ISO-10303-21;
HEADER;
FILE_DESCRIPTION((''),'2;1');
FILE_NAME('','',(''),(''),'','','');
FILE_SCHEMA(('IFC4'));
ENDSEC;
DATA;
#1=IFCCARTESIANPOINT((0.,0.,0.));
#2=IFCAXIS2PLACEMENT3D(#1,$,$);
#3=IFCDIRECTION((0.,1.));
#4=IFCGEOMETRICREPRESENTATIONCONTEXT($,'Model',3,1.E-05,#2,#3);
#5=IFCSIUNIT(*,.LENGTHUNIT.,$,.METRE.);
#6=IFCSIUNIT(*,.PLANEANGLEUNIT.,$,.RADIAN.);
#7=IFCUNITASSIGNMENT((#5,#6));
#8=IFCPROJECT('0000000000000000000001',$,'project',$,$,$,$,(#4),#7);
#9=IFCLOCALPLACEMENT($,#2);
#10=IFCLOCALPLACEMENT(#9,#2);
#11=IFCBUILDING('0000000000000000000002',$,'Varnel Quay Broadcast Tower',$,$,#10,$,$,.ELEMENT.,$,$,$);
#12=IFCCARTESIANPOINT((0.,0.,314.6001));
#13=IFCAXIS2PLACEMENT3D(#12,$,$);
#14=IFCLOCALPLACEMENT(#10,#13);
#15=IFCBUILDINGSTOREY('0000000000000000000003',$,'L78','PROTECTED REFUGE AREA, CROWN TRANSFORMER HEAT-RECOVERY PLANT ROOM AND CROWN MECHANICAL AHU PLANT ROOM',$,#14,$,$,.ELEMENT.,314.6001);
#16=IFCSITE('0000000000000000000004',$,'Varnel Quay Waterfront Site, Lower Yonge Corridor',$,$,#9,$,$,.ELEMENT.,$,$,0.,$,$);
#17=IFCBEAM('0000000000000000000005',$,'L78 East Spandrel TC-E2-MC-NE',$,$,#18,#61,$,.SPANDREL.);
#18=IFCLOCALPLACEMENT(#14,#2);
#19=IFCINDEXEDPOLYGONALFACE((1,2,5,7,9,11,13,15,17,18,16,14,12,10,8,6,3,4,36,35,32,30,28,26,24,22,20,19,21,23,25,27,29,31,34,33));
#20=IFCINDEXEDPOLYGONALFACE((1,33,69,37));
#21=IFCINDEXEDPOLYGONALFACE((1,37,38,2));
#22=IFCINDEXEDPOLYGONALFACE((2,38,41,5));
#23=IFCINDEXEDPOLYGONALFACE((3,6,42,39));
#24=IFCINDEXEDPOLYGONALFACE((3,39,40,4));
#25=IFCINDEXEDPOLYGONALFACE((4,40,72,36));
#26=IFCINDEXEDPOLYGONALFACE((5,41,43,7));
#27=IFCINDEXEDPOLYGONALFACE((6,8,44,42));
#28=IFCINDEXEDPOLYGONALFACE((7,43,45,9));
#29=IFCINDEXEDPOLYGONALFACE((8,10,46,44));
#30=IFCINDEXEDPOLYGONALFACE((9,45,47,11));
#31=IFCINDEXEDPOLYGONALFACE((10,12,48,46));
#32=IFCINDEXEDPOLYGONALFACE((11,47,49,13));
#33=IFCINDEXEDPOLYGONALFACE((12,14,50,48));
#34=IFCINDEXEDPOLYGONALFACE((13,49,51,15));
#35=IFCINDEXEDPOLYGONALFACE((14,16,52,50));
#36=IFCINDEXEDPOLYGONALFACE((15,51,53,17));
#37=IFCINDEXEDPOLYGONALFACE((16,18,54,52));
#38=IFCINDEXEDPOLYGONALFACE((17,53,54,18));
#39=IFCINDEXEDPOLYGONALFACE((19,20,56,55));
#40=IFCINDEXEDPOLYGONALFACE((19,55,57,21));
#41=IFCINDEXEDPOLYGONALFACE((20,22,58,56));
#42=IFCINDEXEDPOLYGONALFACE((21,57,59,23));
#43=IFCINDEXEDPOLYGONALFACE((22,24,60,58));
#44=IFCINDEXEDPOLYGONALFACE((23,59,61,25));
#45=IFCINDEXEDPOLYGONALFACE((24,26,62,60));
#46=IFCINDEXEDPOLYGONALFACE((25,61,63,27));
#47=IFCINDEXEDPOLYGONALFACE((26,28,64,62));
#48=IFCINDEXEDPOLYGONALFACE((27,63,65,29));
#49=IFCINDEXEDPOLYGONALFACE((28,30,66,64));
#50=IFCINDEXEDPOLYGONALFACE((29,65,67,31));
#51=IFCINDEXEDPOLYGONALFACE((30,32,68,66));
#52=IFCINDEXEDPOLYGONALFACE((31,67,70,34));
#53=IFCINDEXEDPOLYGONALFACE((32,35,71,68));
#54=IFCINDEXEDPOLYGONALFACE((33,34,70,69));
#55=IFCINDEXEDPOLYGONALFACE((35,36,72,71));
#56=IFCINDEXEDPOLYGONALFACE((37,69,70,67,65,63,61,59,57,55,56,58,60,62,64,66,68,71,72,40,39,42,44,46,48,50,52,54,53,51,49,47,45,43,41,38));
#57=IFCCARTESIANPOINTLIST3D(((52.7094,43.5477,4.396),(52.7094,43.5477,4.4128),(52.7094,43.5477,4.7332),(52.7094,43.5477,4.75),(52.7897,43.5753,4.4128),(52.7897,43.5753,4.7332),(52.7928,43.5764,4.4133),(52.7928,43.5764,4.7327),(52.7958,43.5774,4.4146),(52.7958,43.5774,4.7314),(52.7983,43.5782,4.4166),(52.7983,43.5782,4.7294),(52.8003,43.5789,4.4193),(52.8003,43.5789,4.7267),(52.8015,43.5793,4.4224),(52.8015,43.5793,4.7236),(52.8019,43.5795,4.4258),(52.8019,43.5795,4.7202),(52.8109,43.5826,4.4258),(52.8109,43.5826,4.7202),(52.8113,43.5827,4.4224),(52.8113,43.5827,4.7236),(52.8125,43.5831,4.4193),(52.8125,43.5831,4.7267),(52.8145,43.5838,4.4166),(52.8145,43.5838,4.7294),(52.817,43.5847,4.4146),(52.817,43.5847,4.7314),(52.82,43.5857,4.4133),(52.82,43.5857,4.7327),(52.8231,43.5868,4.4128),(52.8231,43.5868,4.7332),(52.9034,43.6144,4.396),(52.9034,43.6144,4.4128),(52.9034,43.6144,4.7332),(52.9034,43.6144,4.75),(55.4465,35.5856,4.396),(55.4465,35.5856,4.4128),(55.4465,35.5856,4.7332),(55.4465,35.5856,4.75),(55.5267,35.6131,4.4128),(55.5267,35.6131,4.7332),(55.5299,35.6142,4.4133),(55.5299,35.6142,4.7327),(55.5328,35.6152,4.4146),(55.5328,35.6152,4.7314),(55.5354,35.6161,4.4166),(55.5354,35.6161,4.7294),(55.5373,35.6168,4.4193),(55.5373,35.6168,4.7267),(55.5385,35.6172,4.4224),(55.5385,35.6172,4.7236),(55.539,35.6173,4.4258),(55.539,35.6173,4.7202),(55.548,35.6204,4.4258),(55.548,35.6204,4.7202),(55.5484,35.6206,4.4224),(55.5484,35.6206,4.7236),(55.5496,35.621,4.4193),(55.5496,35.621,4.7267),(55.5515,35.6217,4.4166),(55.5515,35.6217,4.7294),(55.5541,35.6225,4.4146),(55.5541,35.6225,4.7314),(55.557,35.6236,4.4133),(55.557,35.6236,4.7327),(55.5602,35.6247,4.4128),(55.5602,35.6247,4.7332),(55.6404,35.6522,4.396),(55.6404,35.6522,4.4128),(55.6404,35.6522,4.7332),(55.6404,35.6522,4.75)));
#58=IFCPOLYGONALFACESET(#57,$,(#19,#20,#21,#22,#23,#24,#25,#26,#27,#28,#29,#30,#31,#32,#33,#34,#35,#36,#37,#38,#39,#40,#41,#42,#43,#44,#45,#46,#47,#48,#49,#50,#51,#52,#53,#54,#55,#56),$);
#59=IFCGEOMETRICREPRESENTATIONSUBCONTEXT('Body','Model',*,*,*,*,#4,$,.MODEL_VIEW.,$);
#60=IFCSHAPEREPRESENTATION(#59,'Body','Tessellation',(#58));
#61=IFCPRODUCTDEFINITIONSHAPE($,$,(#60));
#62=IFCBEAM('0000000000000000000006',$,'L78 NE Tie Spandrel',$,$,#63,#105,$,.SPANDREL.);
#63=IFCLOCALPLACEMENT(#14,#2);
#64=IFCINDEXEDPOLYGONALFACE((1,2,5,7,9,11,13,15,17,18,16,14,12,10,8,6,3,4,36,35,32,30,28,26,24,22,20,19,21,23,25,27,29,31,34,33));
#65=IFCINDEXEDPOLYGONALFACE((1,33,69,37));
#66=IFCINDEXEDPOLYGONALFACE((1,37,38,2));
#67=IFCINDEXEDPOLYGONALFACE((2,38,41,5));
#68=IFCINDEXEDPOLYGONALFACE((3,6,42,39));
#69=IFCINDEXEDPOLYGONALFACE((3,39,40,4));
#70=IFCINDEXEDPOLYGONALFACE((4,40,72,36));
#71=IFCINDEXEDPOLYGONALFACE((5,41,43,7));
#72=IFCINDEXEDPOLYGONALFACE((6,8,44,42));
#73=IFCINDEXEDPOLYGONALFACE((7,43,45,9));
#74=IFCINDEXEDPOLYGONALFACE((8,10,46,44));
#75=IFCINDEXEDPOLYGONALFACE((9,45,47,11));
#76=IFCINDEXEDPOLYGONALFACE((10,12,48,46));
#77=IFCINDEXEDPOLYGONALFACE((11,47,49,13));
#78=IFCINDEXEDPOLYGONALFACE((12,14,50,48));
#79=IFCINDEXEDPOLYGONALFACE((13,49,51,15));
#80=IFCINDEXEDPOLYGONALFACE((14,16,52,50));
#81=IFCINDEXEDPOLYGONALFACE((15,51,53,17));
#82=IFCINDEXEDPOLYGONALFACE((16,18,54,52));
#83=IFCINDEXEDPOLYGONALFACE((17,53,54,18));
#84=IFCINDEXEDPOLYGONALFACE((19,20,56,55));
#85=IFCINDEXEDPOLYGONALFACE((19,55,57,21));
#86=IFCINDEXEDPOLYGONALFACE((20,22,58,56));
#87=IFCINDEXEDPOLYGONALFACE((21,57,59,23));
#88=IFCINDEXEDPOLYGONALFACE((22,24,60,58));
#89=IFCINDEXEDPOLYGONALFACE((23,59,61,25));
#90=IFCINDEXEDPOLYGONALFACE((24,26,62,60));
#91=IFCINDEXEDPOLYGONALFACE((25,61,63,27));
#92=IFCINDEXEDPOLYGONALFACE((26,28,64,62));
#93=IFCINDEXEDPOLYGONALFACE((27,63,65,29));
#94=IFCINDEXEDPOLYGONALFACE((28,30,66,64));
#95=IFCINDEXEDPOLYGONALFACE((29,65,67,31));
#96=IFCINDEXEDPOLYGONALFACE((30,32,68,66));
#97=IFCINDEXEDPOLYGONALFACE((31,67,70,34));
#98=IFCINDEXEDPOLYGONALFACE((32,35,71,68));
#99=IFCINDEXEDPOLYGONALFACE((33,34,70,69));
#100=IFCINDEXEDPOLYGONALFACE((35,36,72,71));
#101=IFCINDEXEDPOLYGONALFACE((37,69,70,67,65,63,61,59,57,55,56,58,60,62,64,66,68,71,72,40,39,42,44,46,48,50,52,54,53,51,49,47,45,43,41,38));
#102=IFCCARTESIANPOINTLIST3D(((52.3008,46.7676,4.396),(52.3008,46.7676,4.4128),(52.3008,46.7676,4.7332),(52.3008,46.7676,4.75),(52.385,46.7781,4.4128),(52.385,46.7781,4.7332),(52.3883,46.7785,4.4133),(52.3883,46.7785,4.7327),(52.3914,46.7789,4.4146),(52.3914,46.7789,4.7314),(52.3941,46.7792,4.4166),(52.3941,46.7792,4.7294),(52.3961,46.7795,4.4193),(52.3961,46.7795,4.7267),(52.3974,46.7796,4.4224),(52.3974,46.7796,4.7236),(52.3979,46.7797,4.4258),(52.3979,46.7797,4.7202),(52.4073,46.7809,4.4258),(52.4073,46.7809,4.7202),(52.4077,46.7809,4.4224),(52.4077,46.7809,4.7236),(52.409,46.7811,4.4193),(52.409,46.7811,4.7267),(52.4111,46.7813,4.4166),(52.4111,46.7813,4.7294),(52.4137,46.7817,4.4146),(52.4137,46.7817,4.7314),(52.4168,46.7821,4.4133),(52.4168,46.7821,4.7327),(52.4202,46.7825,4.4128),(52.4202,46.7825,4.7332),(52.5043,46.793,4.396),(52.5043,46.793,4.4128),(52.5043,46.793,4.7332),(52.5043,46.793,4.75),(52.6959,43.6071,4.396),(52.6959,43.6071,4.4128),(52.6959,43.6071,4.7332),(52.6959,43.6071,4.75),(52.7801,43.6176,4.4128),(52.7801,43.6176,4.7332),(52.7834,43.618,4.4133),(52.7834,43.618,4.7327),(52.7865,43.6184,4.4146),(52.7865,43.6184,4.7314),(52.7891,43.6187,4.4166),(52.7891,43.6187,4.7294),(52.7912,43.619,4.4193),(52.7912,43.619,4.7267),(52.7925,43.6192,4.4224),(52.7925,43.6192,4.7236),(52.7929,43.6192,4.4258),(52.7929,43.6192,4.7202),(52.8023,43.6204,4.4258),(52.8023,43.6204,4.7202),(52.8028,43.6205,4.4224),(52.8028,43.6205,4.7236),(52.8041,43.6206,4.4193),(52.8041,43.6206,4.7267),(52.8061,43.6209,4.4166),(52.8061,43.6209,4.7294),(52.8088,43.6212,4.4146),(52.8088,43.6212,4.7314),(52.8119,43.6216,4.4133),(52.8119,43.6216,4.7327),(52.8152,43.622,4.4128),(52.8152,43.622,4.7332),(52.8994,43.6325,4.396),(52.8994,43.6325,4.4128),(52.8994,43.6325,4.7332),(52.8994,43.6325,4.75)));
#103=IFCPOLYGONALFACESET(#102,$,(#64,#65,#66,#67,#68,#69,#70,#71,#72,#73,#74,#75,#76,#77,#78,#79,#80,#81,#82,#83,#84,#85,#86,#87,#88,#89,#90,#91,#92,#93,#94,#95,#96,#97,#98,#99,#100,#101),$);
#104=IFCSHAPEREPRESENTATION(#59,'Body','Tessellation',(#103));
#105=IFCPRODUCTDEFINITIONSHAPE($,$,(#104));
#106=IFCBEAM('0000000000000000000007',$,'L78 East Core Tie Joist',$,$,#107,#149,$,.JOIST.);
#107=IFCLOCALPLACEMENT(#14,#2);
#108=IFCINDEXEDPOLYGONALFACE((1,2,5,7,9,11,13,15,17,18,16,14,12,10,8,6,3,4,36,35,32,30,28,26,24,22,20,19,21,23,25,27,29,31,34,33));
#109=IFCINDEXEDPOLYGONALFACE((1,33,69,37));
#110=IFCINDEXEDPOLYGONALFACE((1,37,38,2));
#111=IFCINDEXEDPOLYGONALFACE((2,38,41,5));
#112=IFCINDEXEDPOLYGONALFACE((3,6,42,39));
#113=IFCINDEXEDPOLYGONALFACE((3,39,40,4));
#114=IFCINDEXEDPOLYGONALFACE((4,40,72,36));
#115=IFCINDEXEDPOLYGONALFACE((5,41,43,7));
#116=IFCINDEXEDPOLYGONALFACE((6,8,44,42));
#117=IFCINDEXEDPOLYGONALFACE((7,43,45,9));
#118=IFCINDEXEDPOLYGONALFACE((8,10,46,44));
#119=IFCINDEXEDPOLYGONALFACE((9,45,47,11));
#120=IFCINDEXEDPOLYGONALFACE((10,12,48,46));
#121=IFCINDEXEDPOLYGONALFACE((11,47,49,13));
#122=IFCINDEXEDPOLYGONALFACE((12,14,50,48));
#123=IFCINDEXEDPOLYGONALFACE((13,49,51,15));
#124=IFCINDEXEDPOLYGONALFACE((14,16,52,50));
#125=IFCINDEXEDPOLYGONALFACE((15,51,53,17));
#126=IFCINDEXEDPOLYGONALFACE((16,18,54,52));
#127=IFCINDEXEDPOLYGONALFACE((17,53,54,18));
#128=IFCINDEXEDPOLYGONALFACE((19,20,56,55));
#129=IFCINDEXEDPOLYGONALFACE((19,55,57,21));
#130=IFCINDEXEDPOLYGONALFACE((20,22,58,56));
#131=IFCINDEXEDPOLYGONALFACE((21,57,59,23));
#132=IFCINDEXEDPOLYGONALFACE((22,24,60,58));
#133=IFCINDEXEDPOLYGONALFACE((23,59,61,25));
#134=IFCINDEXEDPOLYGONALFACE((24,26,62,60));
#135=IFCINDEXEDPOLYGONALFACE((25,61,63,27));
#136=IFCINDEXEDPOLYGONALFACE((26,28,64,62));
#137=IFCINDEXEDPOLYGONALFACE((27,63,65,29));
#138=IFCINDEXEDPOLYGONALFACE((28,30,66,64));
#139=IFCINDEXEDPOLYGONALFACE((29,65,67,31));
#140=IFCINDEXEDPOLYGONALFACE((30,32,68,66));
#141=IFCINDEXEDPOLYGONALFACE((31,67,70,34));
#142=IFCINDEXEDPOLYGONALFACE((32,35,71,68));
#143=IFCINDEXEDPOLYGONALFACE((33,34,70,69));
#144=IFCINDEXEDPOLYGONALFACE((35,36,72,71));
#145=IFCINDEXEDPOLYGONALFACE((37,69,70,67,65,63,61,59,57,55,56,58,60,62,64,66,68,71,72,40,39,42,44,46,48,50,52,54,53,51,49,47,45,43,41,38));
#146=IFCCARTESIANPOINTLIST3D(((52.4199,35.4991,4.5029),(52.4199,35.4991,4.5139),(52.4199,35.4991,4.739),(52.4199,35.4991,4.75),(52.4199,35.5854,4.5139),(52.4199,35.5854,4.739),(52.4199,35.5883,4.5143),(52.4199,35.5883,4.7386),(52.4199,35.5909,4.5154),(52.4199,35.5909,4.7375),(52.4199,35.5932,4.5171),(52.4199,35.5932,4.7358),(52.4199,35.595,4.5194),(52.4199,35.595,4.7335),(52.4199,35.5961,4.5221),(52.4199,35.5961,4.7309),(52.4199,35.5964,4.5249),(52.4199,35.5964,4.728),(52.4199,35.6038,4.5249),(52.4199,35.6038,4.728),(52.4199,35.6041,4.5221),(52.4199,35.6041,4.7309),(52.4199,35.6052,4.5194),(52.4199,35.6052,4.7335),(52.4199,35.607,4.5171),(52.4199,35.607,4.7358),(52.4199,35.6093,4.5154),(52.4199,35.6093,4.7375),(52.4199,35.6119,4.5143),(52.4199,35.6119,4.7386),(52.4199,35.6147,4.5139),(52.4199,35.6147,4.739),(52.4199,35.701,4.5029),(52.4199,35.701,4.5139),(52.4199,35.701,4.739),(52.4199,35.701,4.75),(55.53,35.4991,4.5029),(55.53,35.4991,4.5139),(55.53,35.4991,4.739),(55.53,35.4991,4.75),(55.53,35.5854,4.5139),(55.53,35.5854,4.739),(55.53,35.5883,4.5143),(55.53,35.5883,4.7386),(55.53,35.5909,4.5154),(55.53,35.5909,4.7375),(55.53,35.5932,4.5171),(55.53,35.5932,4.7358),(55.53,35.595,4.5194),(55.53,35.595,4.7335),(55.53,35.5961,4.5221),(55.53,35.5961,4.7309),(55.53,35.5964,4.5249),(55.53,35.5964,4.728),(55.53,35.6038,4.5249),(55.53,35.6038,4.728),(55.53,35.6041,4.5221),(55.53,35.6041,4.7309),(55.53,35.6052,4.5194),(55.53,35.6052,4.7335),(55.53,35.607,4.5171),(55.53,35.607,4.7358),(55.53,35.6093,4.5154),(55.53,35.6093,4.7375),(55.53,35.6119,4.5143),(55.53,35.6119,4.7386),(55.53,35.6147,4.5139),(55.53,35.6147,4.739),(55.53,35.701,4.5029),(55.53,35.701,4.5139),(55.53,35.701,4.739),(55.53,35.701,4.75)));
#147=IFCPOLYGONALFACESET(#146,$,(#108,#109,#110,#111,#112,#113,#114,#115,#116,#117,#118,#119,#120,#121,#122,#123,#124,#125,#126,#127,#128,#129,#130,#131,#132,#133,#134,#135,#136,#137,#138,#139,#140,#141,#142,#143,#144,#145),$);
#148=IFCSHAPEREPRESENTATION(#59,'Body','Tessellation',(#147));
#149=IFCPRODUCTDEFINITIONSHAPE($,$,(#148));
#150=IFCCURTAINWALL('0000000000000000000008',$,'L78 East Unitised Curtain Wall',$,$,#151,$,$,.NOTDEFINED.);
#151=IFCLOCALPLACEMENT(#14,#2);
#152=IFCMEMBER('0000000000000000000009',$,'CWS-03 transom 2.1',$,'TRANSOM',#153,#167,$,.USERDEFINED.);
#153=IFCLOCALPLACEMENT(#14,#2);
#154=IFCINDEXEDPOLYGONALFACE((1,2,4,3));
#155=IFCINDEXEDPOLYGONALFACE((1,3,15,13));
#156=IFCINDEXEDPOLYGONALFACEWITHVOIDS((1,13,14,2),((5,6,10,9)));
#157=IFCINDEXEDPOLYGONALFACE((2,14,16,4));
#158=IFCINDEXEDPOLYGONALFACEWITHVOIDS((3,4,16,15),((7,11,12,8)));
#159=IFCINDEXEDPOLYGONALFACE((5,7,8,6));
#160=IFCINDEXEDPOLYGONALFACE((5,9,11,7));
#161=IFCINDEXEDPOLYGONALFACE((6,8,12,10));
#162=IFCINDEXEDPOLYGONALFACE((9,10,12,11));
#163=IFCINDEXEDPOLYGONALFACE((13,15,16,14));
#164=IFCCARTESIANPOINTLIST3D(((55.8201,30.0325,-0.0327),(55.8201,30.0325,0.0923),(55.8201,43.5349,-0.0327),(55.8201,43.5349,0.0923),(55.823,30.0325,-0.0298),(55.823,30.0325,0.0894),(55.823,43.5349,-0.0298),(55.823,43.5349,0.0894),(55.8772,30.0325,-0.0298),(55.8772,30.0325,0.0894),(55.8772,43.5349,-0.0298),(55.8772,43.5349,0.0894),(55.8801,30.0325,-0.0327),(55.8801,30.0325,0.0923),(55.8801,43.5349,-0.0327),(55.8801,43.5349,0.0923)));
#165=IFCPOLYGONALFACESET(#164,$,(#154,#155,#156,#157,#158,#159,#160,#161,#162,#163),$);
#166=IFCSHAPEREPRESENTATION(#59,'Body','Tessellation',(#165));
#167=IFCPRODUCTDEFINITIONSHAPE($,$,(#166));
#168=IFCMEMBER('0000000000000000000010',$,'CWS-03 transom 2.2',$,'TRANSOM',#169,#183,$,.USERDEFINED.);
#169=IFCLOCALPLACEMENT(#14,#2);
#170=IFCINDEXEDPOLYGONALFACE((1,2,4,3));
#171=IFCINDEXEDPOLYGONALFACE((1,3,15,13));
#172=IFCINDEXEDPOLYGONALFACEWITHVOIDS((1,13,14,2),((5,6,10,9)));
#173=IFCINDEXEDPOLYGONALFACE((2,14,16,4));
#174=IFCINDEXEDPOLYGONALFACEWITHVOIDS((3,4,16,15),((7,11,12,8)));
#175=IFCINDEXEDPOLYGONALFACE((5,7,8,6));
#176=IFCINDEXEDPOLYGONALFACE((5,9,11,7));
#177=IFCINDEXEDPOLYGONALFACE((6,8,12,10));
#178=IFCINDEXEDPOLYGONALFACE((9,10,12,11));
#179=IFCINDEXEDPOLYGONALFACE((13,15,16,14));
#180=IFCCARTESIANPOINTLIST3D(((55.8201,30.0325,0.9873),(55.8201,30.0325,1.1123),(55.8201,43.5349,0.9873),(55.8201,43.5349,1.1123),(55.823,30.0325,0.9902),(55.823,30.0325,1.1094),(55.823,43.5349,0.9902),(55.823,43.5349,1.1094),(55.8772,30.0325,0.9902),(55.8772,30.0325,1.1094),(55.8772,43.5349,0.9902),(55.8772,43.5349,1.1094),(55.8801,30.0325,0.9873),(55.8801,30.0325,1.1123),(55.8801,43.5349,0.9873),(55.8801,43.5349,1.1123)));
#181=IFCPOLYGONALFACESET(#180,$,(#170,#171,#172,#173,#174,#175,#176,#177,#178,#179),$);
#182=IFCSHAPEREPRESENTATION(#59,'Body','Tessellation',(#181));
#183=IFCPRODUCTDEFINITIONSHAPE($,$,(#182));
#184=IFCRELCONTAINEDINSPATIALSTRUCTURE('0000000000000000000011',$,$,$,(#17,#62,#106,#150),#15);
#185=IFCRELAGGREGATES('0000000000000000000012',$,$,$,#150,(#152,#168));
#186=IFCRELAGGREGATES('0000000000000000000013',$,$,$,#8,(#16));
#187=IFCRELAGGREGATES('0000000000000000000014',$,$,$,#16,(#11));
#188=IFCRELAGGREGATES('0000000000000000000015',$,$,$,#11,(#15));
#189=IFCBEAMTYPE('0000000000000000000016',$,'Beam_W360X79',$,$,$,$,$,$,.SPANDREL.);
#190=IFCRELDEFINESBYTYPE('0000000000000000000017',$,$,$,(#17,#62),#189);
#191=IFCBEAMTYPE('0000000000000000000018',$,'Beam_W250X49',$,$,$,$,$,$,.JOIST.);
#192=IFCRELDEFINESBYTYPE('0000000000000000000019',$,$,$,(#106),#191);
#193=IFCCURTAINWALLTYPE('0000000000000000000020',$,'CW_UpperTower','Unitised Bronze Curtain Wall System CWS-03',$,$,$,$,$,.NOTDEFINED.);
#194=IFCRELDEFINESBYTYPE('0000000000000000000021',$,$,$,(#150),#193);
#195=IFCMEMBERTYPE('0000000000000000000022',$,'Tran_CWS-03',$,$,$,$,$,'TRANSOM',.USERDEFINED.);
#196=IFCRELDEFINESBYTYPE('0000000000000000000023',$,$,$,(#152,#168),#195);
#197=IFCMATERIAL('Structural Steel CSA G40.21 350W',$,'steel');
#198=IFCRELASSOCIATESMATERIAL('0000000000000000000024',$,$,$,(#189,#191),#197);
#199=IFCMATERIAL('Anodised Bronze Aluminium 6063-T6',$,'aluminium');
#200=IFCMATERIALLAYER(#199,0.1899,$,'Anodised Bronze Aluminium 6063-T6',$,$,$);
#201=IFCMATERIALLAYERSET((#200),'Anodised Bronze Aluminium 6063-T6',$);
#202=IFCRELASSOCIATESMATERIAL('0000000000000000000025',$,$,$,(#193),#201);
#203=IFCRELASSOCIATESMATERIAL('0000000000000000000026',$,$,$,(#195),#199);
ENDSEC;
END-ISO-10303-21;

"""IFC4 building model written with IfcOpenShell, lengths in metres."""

from ifc_helpers import new_model, si_unit, direction, frame, origin, origin_2d, place, context, subcontext, project, spatial, hollow_rectangle, i_section, extrude, source, transform, mapped, material, layer, layer_set, material_profile, profile_set, type_object, type_shapes, element, aggregate, save


model = new_model("IFC4")

# Units and contexts
model_context = context("Model", 3, precision=1e-05, world=origin(), true_north=direction((0.0, 1.0)))
body_context = subcontext(model_context, "Body", "Model", "MODEL_VIEW")
ifc_project = project(units=[si_unit("LENGTHUNIT", "METRE"), si_unit("PLANEANGLEUNIT", "RADIAN")], contexts=[model_context])

# Site, building, storey
site_placement = place(None, origin())
site = spatial("IfcSite", under=ifc_project, at=site_placement, Name="Varnel Quay Waterfront Site, Lower Yonge Corridor", CompositionType="ELEMENT", RefElevation=0.0)
building_placement = place(site_placement, origin())
building = spatial("IfcBuilding", under=site, at=building_placement, Name="Varnel Quay Broadcast Tower", CompositionType="ELEMENT")
storey_placement = place(building_placement, frame((0.0, 0.0, 314.6001)))
storey = spatial("IfcBuildingStorey", under=building, at=storey_placement, Name="L78", Description="PROTECTED REFUGE AREA, CROWN TRANSFORMER HEAT-RECOVERY PLANT ROOM AND CROWN MECHANICAL AHU PLANT ROOM", CompositionType="ELEMENT", Elevation=314.6001)

# Shared definitions
ifc_material_1 = material(Name="Structural Steel CSA G40.21 350W", Category="steel")

# Beams
ifc_material_profile_1 = material_profile(ifc_material_1, i_section(OverallWidth=0.2051, OverallDepth=0.354, WebThickness=0.0095, FlangeThickness=0.0168, FilletRadius=0.0129, at=origin_2d()), Name="W360X79")
ifc_profile_set_1 = profile_set([ifc_material_profile_1], Name="Structural Steel CSA G40.21 350W")
beam_type_1 = type_object("IfcBeamType", Name="Beam_W360X79", PredefinedType="SPANDREL", material=ifc_profile_set_1)
shared_shape_1 = source(origin(), body_context, "Body", "SweptSolid", [
    extrude(i_section(OverallWidth=0.2051, OverallDepth=0.354, WebThickness=0.0095, FlangeThickness=0.0168, FilletRadius=0.0129, at=origin_2d()), origin(), (0.0, 0.0, 1.0), 8.4194),
])
beam_1_placement = place(storey_placement, frame((55.5435, 35.6189, 4.573), z_axis=(-0.325087, 0.945684, 0.0), x_axis=(-0.945684, -0.325087, 0.0)))
element("IfcBeam", 1, at=beam_1_placement, inside=storey, type_object=beam_type_1, Name="L78 East Spandrel TC-E2-MC-NE", PredefinedType="SPANDREL", context=body_context, shape_type="MappedRepresentation", body=[
    mapped(shared_shape_1, transform((0.0, 0.0, 0.0), x_axis=(1.0, 0.0, 0.0), y_axis=(0.0, 1.0, 0.0), z_axis=(0.0, 0.0, 1.0), scale=1.0)),
])
shared_shape_2 = source(origin(), body_context, "Body", "SweptSolid", [
    extrude(i_section(OverallWidth=0.2051, OverallDepth=0.354, WebThickness=0.0095, FlangeThickness=0.0168, FilletRadius=0.0129, at=origin_2d()), origin(), (0.0, 0.0, 1.0), 3.1851),
])
type_shapes(beam_type_1, [shared_shape_1, shared_shape_2])
beam_2_placement = place(storey_placement, frame((52.4026, 46.7803, 4.573), z_axis=(0.124025, -0.992279, 0.0), x_axis=(0.992279, 0.124025, 0.0)))
element("IfcBeam", 2, at=beam_2_placement, inside=storey, type_object=beam_type_1, Name="L78 NE Tie Spandrel", PredefinedType="SPANDREL", context=body_context, shape_type="MappedRepresentation", body=[
    mapped(shared_shape_2, transform((0.0, 0.0, 0.0), x_axis=(1.0, 0.0, 0.0), y_axis=(0.0, 1.0, 0.0), z_axis=(0.0, 0.0, 1.0), scale=1.0)),
])
ifc_material_profile_2 = material_profile(ifc_material_1, i_section(OverallWidth=0.2019, OverallDepth=0.2471, WebThickness=0.0073, FlangeThickness=0.011, FilletRadius=0.011, at=origin_2d()), Name="W250X49")
ifc_profile_set_2 = profile_set([ifc_material_profile_2], Name="Structural Steel CSA G40.21 350W")
beam_type_2 = type_object("IfcBeamType", Name="Beam_W250X49", PredefinedType="JOIST", material=ifc_profile_set_2)
shared_shape_3 = source(origin(), body_context, "Body", "SweptSolid", [
    extrude(i_section(OverallWidth=0.2019, OverallDepth=0.2471, WebThickness=0.0073, FlangeThickness=0.011, FilletRadius=0.011, at=origin_2d()), origin(), (0.0, 0.0, 1.0), 3.1101),
])
type_shapes(beam_type_2, [shared_shape_3])
beam_3_placement = place(storey_placement, frame((52.4199, 35.6001, 4.6265), z_axis=(1.0, 0.0, 0.0), x_axis=(0.0, 1.0, 0.0)))
element("IfcBeam", 3, at=beam_3_placement, inside=storey, type_object=beam_type_2, Name="L78 East Core Tie Joist", PredefinedType="JOIST", context=body_context, shape_type="MappedRepresentation", body=[
    mapped(shared_shape_3, transform((0.0, 0.0, 0.0), x_axis=(1.0, 0.0, 0.0), y_axis=(0.0, 1.0, 0.0), z_axis=(0.0, 0.0, 1.0), scale=1.0)),
])

# Curtain wall, members
ifc_material_2 = material(Name="Anodised Bronze Aluminium 6063-T6", Category="aluminium")
ifc_layer_1 = layer(ifc_material_2, 0.1899, Name="Anodised Bronze Aluminium 6063-T6")
ifc_layer_set_1 = layer_set([ifc_layer_1], Name="Anodised Bronze Aluminium 6063-T6")
curtain_wall_type = type_object("IfcCurtainWallType", Name="CW_UpperTower", Description="Unitised Bronze Curtain Wall System CWS-03", PredefinedType="NOTDEFINED", material=ifc_layer_set_1)
curtain_wall_placement = place(storey_placement, origin())
curtain_wall = element("IfcCurtainWall", 4, at=curtain_wall_placement, inside=storey, type_object=curtain_wall_type, Name="L78 East Unitised Curtain Wall", PredefinedType="NOTDEFINED")
ifc_material_profile_3 = material_profile(ifc_material_2, hollow_rectangle(XDim=0.0601, YDim=0.125, WallThickness=0.0029, at=origin_2d()), Name="ALU60X125X3")
ifc_profile_set_3 = profile_set([ifc_material_profile_3], Name="Anodised Bronze Aluminium 6063-T6")
member_type_1 = type_object("IfcMemberType", Name="Tran_CWS-03", ElementType="TRANSOM", PredefinedType="USERDEFINED", material=ifc_profile_set_3)
shared_shape_4 = source(origin(), body_context, "Body", "SweptSolid", [
    extrude(hollow_rectangle(XDim=0.0601, YDim=0.125, WallThickness=0.0029, at=origin_2d()), origin(), (0.0, 0.0, 1.0), 13.5024),
])
type_shapes(member_type_1, [shared_shape_4])
member_1_placement = place(storey_placement, frame((55.8501, 30.0325, 0.0298), z_axis=(0.0, 1.0, 0.0), x_axis=(-1.0, 0.0, 0.0)))
member_1 = element("IfcMember", 5, at=member_1_placement, type_object=member_type_1, Name="CWS-03 transom 2.1", ObjectType="TRANSOM", PredefinedType="USERDEFINED", context=body_context, shape_type="MappedRepresentation", body=[
    mapped(shared_shape_4, transform((0.0, 0.0, 0.0), x_axis=(1.0, 0.0, 0.0), y_axis=(0.0, 1.0, 0.0), z_axis=(0.0, 0.0, 1.0), scale=1.0)),
])
member_2_placement = place(storey_placement, frame((55.8501, 30.0325, 1.0498), z_axis=(0.0, 1.0, 0.0), x_axis=(-1.0, 0.0, 0.0)))
member_2 = element("IfcMember", 6, at=member_2_placement, type_object=member_type_1, Name="CWS-03 transom 2.2", ObjectType="TRANSOM", PredefinedType="USERDEFINED", context=body_context, shape_type="MappedRepresentation", body=[
    mapped(shared_shape_4, transform((0.0, 0.0, 0.0), x_axis=(1.0, 0.0, 0.0), y_axis=(0.0, 1.0, 0.0), z_axis=(0.0, 0.0, 1.0), scale=1.0)),
])
aggregate(curtain_wall, [member_1, member_2])

save(model, "model.ifc")
